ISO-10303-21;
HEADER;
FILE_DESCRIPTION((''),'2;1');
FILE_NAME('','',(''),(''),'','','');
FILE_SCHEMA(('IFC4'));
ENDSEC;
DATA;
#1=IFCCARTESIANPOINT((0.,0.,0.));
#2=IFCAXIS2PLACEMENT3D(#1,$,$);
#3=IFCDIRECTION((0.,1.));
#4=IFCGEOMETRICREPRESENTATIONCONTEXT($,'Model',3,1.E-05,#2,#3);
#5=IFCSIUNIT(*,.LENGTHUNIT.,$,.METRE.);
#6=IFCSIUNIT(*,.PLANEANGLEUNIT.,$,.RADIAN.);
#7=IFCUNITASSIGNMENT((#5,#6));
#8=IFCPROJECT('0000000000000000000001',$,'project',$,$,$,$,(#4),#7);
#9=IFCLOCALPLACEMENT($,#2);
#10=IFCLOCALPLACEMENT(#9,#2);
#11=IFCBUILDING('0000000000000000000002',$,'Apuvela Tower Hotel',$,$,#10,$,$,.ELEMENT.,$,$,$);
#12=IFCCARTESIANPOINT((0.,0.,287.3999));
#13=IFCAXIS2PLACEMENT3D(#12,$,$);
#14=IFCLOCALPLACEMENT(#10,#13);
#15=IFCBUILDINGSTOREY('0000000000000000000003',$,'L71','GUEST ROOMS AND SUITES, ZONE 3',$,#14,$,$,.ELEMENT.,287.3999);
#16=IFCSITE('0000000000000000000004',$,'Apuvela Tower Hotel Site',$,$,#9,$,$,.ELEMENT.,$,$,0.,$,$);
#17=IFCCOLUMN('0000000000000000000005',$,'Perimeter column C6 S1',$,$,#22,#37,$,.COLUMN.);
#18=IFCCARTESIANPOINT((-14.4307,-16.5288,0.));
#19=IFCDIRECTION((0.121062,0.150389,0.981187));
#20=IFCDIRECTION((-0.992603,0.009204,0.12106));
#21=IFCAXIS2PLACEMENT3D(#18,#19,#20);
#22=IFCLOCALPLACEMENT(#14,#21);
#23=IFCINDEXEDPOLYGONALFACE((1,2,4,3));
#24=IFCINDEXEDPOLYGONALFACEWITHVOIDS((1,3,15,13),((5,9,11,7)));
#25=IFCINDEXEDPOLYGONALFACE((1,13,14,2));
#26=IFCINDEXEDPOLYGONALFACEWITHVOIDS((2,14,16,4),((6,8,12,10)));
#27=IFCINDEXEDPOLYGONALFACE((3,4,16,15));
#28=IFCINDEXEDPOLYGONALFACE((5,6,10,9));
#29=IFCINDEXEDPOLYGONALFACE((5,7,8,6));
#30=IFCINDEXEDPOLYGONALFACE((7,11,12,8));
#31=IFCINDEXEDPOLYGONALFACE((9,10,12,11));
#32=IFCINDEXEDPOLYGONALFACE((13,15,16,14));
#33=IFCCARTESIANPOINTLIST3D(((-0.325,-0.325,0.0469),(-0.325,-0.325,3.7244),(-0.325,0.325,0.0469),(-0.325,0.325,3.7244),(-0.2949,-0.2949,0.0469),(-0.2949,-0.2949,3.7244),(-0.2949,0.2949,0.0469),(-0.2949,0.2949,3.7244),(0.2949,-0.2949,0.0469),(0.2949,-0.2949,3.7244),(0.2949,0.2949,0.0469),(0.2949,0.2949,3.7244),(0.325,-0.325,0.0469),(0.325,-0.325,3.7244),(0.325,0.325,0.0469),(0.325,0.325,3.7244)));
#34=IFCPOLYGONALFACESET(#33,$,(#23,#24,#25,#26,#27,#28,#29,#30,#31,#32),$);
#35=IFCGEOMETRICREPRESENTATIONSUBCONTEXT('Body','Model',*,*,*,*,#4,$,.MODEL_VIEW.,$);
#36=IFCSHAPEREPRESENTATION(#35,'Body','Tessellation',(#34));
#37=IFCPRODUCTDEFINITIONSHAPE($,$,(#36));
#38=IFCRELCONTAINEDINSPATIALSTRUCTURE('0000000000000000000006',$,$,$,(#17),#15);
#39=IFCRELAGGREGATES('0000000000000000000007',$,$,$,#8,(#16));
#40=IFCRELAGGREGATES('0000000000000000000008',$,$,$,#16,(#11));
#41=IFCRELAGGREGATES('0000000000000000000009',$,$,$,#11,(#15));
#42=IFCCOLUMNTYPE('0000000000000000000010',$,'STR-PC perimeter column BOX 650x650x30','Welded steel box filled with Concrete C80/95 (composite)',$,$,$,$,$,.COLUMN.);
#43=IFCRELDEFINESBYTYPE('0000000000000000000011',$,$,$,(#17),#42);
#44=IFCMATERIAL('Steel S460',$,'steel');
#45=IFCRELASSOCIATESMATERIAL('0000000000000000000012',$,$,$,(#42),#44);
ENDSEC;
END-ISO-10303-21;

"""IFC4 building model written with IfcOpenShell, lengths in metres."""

from ifc_helpers import new_model, si_unit, direction, frame, origin, origin_2d, place, context, subcontext, project, spatial, rectangle, hollow_rectangle, extrude, boolean, halfspace, material, material_profile, profile_set, type_object, element, save


model = new_model("IFC4")

# Units and contexts
model_context = context("Model", 3, precision=1e-05, world=origin(), true_north=direction((0.0, 1.0)))
body_context = subcontext(model_context, "Body", "Model", "MODEL_VIEW")
ifc_project = project(units=[si_unit("LENGTHUNIT", "METRE"), si_unit("PLANEANGLEUNIT", "RADIAN")], contexts=[model_context])

# Site, building, storey
site_placement = place(None, origin())
site = spatial("IfcSite", under=ifc_project, at=site_placement, Name="Apuvela Tower Hotel Site", CompositionType="ELEMENT", RefElevation=0.0)
building_placement = place(site_placement, origin())
building = spatial("IfcBuilding", under=site, at=building_placement, Name="Apuvela Tower Hotel", CompositionType="ELEMENT")
storey_placement = place(building_placement, frame((0.0, 0.0, 287.3999)))
storey = spatial("IfcBuildingStorey", under=building, at=storey_placement, Name="L71", Description="GUEST ROOMS AND SUITES, ZONE 3", CompositionType="ELEMENT", Elevation=287.3999)

# Column
ifc_material_1 = material(Name="Steel S460", Category="steel")
ifc_material_profile_1 = material_profile(ifc_material_1, hollow_rectangle(XDim=0.6499, YDim=0.6499, WallThickness=0.03, at=origin_2d()), Name="BOX 650x650x30")
ifc_material_2 = material(Name="Concrete C80/95", Category="concrete")
ifc_material_profile_2 = material_profile(ifc_material_2, rectangle(XDim=0.5901, YDim=0.5901, at=origin_2d()), Name="Concrete C80/95 infill")
ifc_profile_set_1 = profile_set([ifc_material_profile_1, ifc_material_profile_2], Name="Steel S460")
column_type = type_object("IfcColumnType", Name="STR-PC perimeter column BOX 650x650x30", Description="Welded steel box filled with Concrete C80/95 (composite)", PredefinedType="COLUMN", material=ifc_profile_set_1)
column_1_placement = place(storey_placement, frame((-14.4307, -16.5288, 0.0), z_axis=(0.121062, 0.150389, 0.981187), x_axis=(-0.992603, 0.009204, 0.12106)))
element("IfcColumn", 1, at=column_1_placement, inside=storey, type_object=column_type, Name="Perimeter column C6 S1", PredefinedType="COLUMN", context=body_context, shape_type="SweptSolid", body=[
    boolean("DIFFERENCE", boolean("DIFFERENCE", extrude(hollow_rectangle(XDim=0.6499, YDim=0.6499, WallThickness=0.03, at=origin_2d()), origin(), (0.0, 0.0, 1.0), 3.7712), halfspace(frame((0.0, 0.0, 0.0469), z_axis=(0.0, 0.0, 1.0), x_axis=(1.0, 0.0, 0.0)), True)), halfspace(frame((0.0, 0.0, 3.7244), z_axis=(0.0, 0.0, 1.0), x_axis=(1.0, 0.0, 0.0)), False)),
])

save(model, "model.ifc")
